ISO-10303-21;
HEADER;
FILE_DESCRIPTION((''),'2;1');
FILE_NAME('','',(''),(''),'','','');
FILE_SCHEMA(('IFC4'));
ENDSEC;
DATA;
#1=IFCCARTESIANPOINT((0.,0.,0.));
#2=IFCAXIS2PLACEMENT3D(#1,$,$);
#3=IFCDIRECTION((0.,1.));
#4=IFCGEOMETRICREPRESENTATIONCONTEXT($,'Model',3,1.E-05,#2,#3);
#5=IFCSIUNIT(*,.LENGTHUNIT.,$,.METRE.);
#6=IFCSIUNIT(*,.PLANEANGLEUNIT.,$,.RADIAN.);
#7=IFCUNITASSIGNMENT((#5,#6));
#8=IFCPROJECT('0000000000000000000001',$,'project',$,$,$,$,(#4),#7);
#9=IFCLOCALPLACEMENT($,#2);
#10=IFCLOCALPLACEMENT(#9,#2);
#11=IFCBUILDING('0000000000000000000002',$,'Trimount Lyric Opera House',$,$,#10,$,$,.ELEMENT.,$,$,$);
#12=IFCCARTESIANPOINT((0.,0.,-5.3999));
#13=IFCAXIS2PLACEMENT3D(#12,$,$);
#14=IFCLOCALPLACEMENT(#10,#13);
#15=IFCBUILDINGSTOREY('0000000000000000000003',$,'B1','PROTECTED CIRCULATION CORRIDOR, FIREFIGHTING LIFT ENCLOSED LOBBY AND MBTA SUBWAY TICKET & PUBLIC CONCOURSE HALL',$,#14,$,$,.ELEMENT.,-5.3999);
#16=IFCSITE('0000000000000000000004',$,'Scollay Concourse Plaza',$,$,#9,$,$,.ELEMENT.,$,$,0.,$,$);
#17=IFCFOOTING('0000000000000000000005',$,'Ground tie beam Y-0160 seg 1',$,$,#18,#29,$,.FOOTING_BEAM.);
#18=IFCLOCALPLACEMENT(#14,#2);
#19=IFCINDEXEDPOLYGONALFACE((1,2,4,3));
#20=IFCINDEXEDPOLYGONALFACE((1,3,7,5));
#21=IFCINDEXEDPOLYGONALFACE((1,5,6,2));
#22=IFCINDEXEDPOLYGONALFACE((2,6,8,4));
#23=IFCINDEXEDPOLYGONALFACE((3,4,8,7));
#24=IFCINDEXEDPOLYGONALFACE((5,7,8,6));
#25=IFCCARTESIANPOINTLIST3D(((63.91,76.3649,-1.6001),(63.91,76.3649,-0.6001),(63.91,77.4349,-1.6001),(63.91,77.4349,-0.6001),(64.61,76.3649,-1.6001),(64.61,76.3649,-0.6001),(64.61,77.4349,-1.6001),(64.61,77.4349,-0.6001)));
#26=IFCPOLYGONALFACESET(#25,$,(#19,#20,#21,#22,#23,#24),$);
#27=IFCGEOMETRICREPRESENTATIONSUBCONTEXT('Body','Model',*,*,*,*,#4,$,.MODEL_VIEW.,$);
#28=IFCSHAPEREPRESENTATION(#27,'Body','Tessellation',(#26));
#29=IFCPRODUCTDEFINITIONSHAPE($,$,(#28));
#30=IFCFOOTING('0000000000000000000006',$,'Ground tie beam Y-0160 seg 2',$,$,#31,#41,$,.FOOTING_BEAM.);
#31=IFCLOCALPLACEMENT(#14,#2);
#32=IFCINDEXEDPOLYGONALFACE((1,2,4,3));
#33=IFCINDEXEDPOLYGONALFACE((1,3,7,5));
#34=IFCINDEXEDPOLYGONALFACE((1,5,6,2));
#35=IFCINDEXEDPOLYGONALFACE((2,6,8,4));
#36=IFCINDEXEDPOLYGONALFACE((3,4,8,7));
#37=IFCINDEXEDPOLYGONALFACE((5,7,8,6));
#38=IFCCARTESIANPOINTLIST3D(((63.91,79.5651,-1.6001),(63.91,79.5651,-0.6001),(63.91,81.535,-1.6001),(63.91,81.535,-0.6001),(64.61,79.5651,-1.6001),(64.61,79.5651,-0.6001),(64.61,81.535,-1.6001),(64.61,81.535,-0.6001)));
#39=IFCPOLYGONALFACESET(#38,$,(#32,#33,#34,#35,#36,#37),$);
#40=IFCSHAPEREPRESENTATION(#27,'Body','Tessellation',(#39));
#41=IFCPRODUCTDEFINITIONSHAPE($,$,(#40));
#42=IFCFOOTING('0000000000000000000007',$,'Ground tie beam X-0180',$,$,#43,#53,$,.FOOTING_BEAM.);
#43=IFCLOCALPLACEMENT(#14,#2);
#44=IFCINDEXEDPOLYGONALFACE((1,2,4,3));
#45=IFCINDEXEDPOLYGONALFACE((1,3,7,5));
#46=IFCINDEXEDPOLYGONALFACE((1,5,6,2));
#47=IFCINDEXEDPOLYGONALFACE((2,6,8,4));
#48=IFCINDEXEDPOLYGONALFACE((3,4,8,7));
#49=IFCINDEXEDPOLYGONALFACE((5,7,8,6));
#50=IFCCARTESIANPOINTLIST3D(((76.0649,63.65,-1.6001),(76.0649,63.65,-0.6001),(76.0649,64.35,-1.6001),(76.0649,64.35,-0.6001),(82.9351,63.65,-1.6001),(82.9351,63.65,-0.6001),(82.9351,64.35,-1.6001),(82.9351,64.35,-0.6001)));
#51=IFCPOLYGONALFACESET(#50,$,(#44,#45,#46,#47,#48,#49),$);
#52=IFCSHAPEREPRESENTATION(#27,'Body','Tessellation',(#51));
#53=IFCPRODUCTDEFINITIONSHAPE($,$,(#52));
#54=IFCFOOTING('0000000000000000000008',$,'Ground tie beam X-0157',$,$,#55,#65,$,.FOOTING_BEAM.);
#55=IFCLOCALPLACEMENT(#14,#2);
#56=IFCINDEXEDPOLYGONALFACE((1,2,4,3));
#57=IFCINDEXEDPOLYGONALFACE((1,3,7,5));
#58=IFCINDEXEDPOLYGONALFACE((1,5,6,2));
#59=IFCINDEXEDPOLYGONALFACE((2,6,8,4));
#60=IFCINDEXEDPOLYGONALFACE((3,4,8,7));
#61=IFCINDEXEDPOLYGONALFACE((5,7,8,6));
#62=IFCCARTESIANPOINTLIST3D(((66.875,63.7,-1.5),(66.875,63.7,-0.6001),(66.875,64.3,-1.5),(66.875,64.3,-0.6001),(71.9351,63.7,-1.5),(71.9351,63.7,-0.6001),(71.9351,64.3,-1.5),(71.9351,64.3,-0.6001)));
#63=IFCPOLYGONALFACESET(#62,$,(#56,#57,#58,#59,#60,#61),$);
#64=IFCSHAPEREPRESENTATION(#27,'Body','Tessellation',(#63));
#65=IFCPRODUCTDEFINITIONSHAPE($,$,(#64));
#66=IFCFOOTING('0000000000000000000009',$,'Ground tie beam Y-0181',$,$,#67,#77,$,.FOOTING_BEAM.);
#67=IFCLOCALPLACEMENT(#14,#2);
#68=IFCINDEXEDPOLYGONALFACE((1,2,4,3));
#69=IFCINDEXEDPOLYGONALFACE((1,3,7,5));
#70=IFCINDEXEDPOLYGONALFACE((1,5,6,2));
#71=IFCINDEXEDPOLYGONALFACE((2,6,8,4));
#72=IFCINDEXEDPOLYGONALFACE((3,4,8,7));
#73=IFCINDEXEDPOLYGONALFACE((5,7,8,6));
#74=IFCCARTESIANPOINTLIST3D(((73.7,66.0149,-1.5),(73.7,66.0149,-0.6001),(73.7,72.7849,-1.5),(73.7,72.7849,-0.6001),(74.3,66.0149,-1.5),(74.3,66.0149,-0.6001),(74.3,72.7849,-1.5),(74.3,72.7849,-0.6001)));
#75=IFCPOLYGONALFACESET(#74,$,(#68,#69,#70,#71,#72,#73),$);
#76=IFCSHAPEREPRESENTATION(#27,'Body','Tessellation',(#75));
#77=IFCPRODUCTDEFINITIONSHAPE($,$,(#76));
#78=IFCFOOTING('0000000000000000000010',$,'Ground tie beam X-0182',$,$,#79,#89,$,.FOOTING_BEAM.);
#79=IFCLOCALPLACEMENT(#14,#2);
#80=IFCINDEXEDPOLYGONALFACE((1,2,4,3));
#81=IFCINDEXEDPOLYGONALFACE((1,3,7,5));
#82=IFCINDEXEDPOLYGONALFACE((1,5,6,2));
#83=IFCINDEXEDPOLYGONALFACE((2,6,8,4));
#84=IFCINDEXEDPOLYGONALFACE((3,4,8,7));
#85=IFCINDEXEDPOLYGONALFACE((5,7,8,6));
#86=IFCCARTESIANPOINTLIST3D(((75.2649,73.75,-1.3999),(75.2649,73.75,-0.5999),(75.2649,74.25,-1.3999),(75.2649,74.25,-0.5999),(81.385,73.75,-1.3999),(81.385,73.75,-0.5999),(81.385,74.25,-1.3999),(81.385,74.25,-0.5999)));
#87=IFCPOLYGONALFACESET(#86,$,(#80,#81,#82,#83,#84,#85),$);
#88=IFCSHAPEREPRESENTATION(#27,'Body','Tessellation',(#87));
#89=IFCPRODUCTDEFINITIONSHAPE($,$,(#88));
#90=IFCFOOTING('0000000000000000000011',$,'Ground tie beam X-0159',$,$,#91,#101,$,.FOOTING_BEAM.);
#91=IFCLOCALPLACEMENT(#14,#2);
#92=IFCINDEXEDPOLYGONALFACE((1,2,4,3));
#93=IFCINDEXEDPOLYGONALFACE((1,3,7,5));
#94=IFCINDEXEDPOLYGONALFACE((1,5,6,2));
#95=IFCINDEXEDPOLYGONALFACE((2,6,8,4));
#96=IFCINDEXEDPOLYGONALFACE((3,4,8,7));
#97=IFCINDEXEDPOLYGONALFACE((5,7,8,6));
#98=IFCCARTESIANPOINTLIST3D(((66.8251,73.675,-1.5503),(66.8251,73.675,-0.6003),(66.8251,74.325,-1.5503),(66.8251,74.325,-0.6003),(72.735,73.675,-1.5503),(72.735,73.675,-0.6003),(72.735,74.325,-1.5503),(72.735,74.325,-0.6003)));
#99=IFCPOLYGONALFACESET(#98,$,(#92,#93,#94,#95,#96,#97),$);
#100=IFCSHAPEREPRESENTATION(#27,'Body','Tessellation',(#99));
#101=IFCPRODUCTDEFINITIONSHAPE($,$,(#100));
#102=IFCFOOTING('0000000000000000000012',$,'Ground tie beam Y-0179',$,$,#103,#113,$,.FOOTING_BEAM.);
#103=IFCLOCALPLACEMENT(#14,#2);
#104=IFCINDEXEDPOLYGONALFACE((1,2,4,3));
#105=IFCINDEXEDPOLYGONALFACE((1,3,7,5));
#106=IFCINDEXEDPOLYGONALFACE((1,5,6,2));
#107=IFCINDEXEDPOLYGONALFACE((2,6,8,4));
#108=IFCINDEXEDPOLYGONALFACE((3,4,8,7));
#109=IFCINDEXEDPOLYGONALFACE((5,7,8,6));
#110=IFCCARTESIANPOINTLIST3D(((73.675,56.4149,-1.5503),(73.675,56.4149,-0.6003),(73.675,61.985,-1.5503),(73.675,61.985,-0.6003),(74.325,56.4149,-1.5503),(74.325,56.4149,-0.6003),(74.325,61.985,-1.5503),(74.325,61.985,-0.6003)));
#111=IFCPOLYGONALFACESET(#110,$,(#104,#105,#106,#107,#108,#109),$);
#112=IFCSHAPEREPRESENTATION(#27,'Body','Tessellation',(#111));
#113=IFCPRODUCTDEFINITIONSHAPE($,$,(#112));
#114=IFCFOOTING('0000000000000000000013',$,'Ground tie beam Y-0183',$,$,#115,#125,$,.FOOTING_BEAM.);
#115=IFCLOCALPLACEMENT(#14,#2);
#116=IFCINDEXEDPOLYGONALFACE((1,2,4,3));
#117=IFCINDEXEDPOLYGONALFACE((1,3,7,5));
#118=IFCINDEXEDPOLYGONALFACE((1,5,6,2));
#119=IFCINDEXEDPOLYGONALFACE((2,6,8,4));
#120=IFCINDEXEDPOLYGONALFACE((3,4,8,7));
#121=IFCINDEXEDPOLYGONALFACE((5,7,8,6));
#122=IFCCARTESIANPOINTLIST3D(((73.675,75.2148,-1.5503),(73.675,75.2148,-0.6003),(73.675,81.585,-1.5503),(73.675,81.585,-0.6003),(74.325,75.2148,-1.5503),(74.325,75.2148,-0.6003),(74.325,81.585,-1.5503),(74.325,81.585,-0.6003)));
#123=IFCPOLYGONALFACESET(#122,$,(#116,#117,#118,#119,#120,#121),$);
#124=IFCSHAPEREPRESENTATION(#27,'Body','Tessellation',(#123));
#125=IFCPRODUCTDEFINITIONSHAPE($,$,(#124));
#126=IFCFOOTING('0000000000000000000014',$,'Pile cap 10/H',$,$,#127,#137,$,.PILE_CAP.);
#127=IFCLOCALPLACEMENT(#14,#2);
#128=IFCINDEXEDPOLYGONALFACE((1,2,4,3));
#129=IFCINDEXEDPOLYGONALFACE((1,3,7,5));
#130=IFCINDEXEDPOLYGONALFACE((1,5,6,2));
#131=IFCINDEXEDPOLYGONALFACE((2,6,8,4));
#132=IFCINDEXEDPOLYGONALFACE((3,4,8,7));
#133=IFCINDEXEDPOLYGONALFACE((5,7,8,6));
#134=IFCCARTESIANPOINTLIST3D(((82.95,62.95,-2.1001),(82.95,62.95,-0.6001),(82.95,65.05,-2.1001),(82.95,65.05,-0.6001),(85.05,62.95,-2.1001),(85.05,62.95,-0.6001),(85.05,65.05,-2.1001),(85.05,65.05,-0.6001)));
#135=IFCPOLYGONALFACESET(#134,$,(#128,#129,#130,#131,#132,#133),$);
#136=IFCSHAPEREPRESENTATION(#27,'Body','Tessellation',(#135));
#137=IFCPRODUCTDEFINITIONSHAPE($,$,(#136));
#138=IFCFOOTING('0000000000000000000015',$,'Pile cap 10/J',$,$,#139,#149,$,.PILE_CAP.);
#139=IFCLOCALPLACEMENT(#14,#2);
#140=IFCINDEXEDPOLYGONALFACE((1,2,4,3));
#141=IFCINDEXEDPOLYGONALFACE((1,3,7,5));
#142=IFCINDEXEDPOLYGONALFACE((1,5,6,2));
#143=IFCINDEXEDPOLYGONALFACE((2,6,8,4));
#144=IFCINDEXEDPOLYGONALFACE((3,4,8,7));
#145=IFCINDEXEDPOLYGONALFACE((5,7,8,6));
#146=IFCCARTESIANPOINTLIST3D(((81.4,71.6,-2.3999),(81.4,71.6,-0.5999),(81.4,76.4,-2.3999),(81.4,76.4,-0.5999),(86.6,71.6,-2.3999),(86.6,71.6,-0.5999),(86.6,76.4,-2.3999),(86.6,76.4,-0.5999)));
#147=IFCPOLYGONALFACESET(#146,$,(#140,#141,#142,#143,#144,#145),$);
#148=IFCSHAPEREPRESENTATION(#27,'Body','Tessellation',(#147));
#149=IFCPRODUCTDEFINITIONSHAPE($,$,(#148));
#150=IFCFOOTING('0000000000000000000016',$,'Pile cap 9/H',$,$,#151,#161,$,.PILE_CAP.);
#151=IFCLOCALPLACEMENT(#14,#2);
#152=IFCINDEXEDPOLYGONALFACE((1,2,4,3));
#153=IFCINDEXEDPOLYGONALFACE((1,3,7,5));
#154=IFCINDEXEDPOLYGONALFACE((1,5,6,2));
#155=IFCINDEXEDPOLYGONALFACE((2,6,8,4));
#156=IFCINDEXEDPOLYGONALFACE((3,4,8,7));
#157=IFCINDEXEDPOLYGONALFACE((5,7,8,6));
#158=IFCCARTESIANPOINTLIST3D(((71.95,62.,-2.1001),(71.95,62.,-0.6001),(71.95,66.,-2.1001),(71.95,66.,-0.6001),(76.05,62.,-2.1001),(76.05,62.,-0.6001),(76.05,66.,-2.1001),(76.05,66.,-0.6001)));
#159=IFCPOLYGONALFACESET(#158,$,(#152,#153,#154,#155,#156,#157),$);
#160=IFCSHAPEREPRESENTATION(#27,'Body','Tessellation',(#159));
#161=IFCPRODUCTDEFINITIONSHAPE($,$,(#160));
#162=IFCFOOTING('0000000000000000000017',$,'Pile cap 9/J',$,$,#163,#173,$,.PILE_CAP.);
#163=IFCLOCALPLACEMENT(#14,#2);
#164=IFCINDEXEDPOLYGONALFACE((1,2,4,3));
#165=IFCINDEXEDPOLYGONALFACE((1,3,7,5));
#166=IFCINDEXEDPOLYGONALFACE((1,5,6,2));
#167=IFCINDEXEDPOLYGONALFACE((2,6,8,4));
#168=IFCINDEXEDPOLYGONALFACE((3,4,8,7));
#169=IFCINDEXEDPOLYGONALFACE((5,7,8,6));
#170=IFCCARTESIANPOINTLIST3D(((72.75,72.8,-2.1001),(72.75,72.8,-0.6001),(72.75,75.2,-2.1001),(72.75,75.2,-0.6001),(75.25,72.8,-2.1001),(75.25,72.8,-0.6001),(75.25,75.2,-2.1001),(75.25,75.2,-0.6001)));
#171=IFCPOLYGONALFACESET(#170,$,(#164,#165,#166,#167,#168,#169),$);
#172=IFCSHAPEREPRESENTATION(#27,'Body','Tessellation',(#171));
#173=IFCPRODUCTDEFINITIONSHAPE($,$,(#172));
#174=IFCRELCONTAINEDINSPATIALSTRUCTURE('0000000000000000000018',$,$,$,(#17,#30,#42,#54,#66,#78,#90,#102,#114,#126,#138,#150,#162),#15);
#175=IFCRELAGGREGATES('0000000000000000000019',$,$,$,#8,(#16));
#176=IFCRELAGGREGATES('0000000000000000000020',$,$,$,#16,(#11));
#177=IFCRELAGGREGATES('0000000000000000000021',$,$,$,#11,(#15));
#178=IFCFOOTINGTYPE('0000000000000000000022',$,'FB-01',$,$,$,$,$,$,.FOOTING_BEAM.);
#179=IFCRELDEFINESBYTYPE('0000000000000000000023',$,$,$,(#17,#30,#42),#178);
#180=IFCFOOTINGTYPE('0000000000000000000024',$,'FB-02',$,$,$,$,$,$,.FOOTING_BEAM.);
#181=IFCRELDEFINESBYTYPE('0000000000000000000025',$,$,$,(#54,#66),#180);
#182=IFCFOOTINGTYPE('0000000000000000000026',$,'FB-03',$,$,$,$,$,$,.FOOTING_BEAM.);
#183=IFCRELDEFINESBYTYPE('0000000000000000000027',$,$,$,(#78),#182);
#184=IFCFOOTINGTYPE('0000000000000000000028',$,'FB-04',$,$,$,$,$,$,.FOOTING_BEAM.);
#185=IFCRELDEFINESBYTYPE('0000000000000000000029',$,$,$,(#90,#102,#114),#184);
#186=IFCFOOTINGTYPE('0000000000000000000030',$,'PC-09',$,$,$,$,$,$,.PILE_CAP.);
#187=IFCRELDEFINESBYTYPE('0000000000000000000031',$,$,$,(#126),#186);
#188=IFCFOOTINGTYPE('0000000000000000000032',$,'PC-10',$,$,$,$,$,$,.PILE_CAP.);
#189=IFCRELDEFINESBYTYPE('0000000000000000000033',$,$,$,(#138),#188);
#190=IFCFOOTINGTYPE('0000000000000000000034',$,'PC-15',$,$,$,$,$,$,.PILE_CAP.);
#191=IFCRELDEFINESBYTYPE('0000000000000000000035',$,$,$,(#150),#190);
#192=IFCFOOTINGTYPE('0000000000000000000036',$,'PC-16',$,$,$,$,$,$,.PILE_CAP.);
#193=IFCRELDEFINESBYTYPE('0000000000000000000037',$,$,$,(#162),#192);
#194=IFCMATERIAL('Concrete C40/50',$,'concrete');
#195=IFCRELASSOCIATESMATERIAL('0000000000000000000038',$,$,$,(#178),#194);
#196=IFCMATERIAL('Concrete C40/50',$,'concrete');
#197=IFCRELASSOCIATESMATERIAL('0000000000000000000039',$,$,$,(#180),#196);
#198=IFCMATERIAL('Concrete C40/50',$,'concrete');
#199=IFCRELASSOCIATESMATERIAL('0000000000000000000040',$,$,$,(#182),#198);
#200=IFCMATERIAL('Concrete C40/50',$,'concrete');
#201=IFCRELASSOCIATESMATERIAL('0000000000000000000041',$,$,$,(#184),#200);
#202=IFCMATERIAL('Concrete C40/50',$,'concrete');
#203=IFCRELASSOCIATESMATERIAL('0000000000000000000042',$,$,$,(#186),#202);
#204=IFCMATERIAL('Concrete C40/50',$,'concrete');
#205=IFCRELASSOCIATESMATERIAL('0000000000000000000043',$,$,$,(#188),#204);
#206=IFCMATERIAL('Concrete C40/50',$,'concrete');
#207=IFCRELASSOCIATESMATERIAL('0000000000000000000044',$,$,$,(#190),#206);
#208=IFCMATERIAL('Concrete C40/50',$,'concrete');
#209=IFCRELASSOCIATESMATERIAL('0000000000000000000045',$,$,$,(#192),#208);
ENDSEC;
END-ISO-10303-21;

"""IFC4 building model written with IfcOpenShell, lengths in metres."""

from ifc_helpers import new_model, si_unit, direction, frame, origin, origin_2d, place, context, subcontext, project, spatial, rectangle, extrude, material, type_object, element, save


model = new_model("IFC4")

# Units and contexts
model_context = context("Model", 3, precision=1e-05, world=origin(), true_north=direction((0.0, 1.0)))
body_context = subcontext(model_context, "Body", "Model", "MODEL_VIEW")
ifc_project = project(units=[si_unit("LENGTHUNIT", "METRE"), si_unit("PLANEANGLEUNIT", "RADIAN")], contexts=[model_context])

# Site, building, storey
site_placement = place(None, origin())
site = spatial("IfcSite", under=ifc_project, at=site_placement, Name="Scollay Concourse Plaza", CompositionType="ELEMENT", RefElevation=0.0)
building_placement = place(site_placement, origin())
building = spatial("IfcBuilding", under=site, at=building_placement, Name="Trimount Lyric Opera House", CompositionType="ELEMENT")
storey_placement = place(building_placement, frame((0.0, 0.0, -5.3999)))
storey = spatial("IfcBuildingStorey", under=building, at=storey_placement, Name="B1", Description="PROTECTED CIRCULATION CORRIDOR, FIREFIGHTING LIFT ENCLOSED LOBBY AND MBTA SUBWAY TICKET & PUBLIC CONCOURSE HALL", CompositionType="ELEMENT", Elevation=-5.3999)

# Footings
ifc_material_1 = material(Name="Concrete C40/50", Category="concrete")
footing_type_1 = type_object("IfcFootingType", Name="FB-01", PredefinedType="FOOTING_BEAM", material=ifc_material_1)
footing_1_placement = place(storey_placement, frame((64.26, 76.8999, -1.6001), z_axis=(0.0, 0.0, 1.0), x_axis=(1.0, 0.0, 0.0)))
element("IfcFooting", 1, at=footing_1_placement, inside=storey, type_object=footing_type_1, Name="Ground tie beam Y-0160 seg 1", PredefinedType="FOOTING_BEAM", context=body_context, shape_type="SweptSolid", body=[
    extrude(rectangle(XDim=0.7, YDim=1.0701, at=origin_2d()), origin(), (0.0, 0.0, 1.0), 1.0),
])
footing_2_placement = place(storey_placement, frame((64.26, 80.55, -1.6001), z_axis=(0.0, 0.0, 1.0), x_axis=(1.0, 0.0, 0.0)))
element("IfcFooting", 2, at=footing_2_placement, inside=storey, type_object=footing_type_1, Name="Ground tie beam Y-0160 seg 2", PredefinedType="FOOTING_BEAM", context=body_context, shape_type="SweptSolid", body=[
    extrude(rectangle(XDim=0.7, YDim=1.97, at=origin_2d()), origin(), (0.0, 0.0, 1.0), 1.0),
])
footing_3_placement = place(storey_placement, frame((79.5, 64.0, -1.6001), z_axis=(0.0, 0.0, 1.0), x_axis=(1.0, 0.0, 0.0)))
element("IfcFooting", 3, at=footing_3_placement, inside=storey, type_object=footing_type_1, Name="Ground tie beam X-0180", PredefinedType="FOOTING_BEAM", context=body_context, shape_type="SweptSolid", body=[
    extrude(rectangle(XDim=6.8701, YDim=0.7, at=origin_2d()), origin(), (0.0, 0.0, 1.0), 1.0),
])
ifc_material_2 = material(Name="Concrete C40/50", Category="concrete")
footing_type_2 = type_object("IfcFootingType", Name="FB-02", PredefinedType="FOOTING_BEAM", material=ifc_material_2)
footing_4_placement = place(storey_placement, frame((69.405, 64.0, -1.5), z_axis=(0.0, 0.0, 1.0), x_axis=(1.0, 0.0, 0.0)))
element("IfcFooting", 4, at=footing_4_placement, inside=storey, type_object=footing_type_2, Name="Ground tie beam X-0157", PredefinedType="FOOTING_BEAM", context=body_context, shape_type="SweptSolid", body=[
    extrude(rectangle(XDim=5.0601, YDim=0.6001, at=origin_2d()), origin(), (0.0, 0.0, 1.0), 0.8999),
])
footing_5_placement = place(storey_placement, frame((74.0, 69.3999, -1.5), z_axis=(0.0, 0.0, 1.0), x_axis=(1.0, 0.0, 0.0)))
element("IfcFooting", 5, at=footing_5_placement, inside=storey, type_object=footing_type_2, Name="Ground tie beam Y-0181", PredefinedType="FOOTING_BEAM", context=body_context, shape_type="SweptSolid", body=[
    extrude(rectangle(XDim=0.6001, YDim=6.77, at=origin_2d()), origin(), (0.0, 0.0, 1.0), 0.8999),
])
ifc_material_3 = material(Name="Concrete C40/50", Category="concrete")
footing_type_3 = type_object("IfcFootingType", Name="FB-03", PredefinedType="FOOTING_BEAM", material=ifc_material_3)
footing_6_placement = place(storey_placement, frame((78.325, 74.0, -1.3999), z_axis=(0.0, 0.0, 1.0), x_axis=(1.0, 0.0, 0.0)))
element("IfcFooting", 6, at=footing_6_placement, inside=storey, type_object=footing_type_3, Name="Ground tie beam X-0182", PredefinedType="FOOTING_BEAM", context=body_context, shape_type="SweptSolid", body=[
    extrude(rectangle(XDim=6.1201, YDim=0.5, at=origin_2d()), origin(), (0.0, 0.0, 1.0), 0.8),
])
ifc_material_4 = material(Name="Concrete C40/50", Category="concrete")
footing_type_4 = type_object("IfcFootingType", Name="FB-04", PredefinedType="FOOTING_BEAM", material=ifc_material_4)
footing_7_placement = place(storey_placement, frame((69.78, 74.0, -1.5503), z_axis=(0.0, 0.0, 1.0), x_axis=(1.0, 0.0, 0.0)))
element("IfcFooting", 7, at=footing_7_placement, inside=storey, type_object=footing_type_4, Name="Ground tie beam X-0159", PredefinedType="FOOTING_BEAM", context=body_context, shape_type="SweptSolid", body=[
    extrude(rectangle(XDim=5.9099, YDim=0.6499, at=origin_2d()), origin(), (0.0, 0.0, 1.0), 0.95),
])
footing_8_placement = place(storey_placement, frame((74.0, 59.2, -1.5503), z_axis=(0.0, 0.0, 1.0), x_axis=(1.0, 0.0, 0.0)))
element("IfcFooting", 8, at=footing_8_placement, inside=storey, type_object=footing_type_4, Name="Ground tie beam Y-0179", PredefinedType="FOOTING_BEAM", context=body_context, shape_type="SweptSolid", body=[
    extrude(rectangle(XDim=0.6499, YDim=5.5701, at=origin_2d()), origin(), (0.0, 0.0, 1.0), 0.95),
])
footing_9_placement = place(storey_placement, frame((74.0, 78.3999, -1.5503), z_axis=(0.0, 0.0, 1.0), x_axis=(1.0, 0.0, 0.0)))
element("IfcFooting", 9, at=footing_9_placement, inside=storey, type_object=footing_type_4, Name="Ground tie beam Y-0183", PredefinedType="FOOTING_BEAM", context=body_context, shape_type="SweptSolid", body=[
    extrude(rectangle(XDim=0.6499, YDim=6.3701, at=origin_2d()), origin(), (0.0, 0.0, 1.0), 0.95),
])
ifc_material_5 = material(Name="Concrete C40/50", Category="concrete")
footing_type_5 = type_object("IfcFootingType", Name="PC-09", PredefinedType="PILE_CAP", material=ifc_material_5)
footing_10_placement = place(storey_placement, frame((84.0, 64.0, -2.1001), z_axis=(0.0, 0.0, 1.0), x_axis=(1.0, 0.0, 0.0)))
element("IfcFooting", 10, at=footing_10_placement, inside=storey, type_object=footing_type_5, Name="Pile cap 10/H", PredefinedType="PILE_CAP", context=body_context, shape_type="SweptSolid", body=[
    extrude(rectangle(XDim=2.1001, YDim=2.1001, at=origin_2d()), origin(), (0.0, 0.0, 1.0), 1.5),
])
ifc_material_6 = material(Name="Concrete C40/50", Category="concrete")
footing_type_6 = type_object("IfcFootingType", Name="PC-10", PredefinedType="PILE_CAP", material=ifc_material_6)
footing_11_placement = place(storey_placement, frame((84.0, 74.0, -2.3999), z_axis=(0.0, 0.0, 1.0), x_axis=(1.0, 0.0, 0.0)))
element("IfcFooting", 11, at=footing_11_placement, inside=storey, type_object=footing_type_6, Name="Pile cap 10/J", PredefinedType="PILE_CAP", context=body_context, shape_type="SweptSolid", body=[
    extrude(rectangle(XDim=5.2, YDim=4.8, at=origin_2d()), origin(), (0.0, 0.0, 1.0), 1.8),
])
ifc_material_7 = material(Name="Concrete C40/50", Category="concrete")
footing_type_7 = type_object("IfcFootingType", Name="PC-15", PredefinedType="PILE_CAP", material=ifc_material_7)
footing_12_placement = place(storey_placement, frame((74.0, 64.0, -2.1001), z_axis=(0.0, 0.0, 1.0), x_axis=(1.0, 0.0, 0.0)))
element("IfcFooting", 12, at=footing_12_placement, inside=storey, type_object=footing_type_7, Name="Pile cap 9/H", PredefinedType="PILE_CAP", context=body_context, shape_type="SweptSolid", body=[
    extrude(rectangle(XDim=4.1001, YDim=4.0, at=origin_2d()), origin(), (0.0, 0.0, 1.0), 1.5),
])
ifc_material_8 = material(Name="Concrete C40/50", Category="concrete")
footing_type_8 = type_object("IfcFootingType", Name="PC-16", PredefinedType="PILE_CAP", material=ifc_material_8)
footing_13_placement = place(storey_placement, frame((74.0, 74.0, -2.1001), z_axis=(0.0, 0.0, 1.0), x_axis=(1.0, 0.0, 0.0)))
element("IfcFooting", 13, at=footing_13_placement, inside=storey, type_object=footing_type_8, Name="Pile cap 9/J", PredefinedType="PILE_CAP", context=body_context, shape_type="SweptSolid", body=[
    extrude(rectangle(XDim=2.5, YDim=2.3999, at=origin_2d()), origin(), (0.0, 0.0, 1.0), 1.5),
])

save(model, "model.ifc")
